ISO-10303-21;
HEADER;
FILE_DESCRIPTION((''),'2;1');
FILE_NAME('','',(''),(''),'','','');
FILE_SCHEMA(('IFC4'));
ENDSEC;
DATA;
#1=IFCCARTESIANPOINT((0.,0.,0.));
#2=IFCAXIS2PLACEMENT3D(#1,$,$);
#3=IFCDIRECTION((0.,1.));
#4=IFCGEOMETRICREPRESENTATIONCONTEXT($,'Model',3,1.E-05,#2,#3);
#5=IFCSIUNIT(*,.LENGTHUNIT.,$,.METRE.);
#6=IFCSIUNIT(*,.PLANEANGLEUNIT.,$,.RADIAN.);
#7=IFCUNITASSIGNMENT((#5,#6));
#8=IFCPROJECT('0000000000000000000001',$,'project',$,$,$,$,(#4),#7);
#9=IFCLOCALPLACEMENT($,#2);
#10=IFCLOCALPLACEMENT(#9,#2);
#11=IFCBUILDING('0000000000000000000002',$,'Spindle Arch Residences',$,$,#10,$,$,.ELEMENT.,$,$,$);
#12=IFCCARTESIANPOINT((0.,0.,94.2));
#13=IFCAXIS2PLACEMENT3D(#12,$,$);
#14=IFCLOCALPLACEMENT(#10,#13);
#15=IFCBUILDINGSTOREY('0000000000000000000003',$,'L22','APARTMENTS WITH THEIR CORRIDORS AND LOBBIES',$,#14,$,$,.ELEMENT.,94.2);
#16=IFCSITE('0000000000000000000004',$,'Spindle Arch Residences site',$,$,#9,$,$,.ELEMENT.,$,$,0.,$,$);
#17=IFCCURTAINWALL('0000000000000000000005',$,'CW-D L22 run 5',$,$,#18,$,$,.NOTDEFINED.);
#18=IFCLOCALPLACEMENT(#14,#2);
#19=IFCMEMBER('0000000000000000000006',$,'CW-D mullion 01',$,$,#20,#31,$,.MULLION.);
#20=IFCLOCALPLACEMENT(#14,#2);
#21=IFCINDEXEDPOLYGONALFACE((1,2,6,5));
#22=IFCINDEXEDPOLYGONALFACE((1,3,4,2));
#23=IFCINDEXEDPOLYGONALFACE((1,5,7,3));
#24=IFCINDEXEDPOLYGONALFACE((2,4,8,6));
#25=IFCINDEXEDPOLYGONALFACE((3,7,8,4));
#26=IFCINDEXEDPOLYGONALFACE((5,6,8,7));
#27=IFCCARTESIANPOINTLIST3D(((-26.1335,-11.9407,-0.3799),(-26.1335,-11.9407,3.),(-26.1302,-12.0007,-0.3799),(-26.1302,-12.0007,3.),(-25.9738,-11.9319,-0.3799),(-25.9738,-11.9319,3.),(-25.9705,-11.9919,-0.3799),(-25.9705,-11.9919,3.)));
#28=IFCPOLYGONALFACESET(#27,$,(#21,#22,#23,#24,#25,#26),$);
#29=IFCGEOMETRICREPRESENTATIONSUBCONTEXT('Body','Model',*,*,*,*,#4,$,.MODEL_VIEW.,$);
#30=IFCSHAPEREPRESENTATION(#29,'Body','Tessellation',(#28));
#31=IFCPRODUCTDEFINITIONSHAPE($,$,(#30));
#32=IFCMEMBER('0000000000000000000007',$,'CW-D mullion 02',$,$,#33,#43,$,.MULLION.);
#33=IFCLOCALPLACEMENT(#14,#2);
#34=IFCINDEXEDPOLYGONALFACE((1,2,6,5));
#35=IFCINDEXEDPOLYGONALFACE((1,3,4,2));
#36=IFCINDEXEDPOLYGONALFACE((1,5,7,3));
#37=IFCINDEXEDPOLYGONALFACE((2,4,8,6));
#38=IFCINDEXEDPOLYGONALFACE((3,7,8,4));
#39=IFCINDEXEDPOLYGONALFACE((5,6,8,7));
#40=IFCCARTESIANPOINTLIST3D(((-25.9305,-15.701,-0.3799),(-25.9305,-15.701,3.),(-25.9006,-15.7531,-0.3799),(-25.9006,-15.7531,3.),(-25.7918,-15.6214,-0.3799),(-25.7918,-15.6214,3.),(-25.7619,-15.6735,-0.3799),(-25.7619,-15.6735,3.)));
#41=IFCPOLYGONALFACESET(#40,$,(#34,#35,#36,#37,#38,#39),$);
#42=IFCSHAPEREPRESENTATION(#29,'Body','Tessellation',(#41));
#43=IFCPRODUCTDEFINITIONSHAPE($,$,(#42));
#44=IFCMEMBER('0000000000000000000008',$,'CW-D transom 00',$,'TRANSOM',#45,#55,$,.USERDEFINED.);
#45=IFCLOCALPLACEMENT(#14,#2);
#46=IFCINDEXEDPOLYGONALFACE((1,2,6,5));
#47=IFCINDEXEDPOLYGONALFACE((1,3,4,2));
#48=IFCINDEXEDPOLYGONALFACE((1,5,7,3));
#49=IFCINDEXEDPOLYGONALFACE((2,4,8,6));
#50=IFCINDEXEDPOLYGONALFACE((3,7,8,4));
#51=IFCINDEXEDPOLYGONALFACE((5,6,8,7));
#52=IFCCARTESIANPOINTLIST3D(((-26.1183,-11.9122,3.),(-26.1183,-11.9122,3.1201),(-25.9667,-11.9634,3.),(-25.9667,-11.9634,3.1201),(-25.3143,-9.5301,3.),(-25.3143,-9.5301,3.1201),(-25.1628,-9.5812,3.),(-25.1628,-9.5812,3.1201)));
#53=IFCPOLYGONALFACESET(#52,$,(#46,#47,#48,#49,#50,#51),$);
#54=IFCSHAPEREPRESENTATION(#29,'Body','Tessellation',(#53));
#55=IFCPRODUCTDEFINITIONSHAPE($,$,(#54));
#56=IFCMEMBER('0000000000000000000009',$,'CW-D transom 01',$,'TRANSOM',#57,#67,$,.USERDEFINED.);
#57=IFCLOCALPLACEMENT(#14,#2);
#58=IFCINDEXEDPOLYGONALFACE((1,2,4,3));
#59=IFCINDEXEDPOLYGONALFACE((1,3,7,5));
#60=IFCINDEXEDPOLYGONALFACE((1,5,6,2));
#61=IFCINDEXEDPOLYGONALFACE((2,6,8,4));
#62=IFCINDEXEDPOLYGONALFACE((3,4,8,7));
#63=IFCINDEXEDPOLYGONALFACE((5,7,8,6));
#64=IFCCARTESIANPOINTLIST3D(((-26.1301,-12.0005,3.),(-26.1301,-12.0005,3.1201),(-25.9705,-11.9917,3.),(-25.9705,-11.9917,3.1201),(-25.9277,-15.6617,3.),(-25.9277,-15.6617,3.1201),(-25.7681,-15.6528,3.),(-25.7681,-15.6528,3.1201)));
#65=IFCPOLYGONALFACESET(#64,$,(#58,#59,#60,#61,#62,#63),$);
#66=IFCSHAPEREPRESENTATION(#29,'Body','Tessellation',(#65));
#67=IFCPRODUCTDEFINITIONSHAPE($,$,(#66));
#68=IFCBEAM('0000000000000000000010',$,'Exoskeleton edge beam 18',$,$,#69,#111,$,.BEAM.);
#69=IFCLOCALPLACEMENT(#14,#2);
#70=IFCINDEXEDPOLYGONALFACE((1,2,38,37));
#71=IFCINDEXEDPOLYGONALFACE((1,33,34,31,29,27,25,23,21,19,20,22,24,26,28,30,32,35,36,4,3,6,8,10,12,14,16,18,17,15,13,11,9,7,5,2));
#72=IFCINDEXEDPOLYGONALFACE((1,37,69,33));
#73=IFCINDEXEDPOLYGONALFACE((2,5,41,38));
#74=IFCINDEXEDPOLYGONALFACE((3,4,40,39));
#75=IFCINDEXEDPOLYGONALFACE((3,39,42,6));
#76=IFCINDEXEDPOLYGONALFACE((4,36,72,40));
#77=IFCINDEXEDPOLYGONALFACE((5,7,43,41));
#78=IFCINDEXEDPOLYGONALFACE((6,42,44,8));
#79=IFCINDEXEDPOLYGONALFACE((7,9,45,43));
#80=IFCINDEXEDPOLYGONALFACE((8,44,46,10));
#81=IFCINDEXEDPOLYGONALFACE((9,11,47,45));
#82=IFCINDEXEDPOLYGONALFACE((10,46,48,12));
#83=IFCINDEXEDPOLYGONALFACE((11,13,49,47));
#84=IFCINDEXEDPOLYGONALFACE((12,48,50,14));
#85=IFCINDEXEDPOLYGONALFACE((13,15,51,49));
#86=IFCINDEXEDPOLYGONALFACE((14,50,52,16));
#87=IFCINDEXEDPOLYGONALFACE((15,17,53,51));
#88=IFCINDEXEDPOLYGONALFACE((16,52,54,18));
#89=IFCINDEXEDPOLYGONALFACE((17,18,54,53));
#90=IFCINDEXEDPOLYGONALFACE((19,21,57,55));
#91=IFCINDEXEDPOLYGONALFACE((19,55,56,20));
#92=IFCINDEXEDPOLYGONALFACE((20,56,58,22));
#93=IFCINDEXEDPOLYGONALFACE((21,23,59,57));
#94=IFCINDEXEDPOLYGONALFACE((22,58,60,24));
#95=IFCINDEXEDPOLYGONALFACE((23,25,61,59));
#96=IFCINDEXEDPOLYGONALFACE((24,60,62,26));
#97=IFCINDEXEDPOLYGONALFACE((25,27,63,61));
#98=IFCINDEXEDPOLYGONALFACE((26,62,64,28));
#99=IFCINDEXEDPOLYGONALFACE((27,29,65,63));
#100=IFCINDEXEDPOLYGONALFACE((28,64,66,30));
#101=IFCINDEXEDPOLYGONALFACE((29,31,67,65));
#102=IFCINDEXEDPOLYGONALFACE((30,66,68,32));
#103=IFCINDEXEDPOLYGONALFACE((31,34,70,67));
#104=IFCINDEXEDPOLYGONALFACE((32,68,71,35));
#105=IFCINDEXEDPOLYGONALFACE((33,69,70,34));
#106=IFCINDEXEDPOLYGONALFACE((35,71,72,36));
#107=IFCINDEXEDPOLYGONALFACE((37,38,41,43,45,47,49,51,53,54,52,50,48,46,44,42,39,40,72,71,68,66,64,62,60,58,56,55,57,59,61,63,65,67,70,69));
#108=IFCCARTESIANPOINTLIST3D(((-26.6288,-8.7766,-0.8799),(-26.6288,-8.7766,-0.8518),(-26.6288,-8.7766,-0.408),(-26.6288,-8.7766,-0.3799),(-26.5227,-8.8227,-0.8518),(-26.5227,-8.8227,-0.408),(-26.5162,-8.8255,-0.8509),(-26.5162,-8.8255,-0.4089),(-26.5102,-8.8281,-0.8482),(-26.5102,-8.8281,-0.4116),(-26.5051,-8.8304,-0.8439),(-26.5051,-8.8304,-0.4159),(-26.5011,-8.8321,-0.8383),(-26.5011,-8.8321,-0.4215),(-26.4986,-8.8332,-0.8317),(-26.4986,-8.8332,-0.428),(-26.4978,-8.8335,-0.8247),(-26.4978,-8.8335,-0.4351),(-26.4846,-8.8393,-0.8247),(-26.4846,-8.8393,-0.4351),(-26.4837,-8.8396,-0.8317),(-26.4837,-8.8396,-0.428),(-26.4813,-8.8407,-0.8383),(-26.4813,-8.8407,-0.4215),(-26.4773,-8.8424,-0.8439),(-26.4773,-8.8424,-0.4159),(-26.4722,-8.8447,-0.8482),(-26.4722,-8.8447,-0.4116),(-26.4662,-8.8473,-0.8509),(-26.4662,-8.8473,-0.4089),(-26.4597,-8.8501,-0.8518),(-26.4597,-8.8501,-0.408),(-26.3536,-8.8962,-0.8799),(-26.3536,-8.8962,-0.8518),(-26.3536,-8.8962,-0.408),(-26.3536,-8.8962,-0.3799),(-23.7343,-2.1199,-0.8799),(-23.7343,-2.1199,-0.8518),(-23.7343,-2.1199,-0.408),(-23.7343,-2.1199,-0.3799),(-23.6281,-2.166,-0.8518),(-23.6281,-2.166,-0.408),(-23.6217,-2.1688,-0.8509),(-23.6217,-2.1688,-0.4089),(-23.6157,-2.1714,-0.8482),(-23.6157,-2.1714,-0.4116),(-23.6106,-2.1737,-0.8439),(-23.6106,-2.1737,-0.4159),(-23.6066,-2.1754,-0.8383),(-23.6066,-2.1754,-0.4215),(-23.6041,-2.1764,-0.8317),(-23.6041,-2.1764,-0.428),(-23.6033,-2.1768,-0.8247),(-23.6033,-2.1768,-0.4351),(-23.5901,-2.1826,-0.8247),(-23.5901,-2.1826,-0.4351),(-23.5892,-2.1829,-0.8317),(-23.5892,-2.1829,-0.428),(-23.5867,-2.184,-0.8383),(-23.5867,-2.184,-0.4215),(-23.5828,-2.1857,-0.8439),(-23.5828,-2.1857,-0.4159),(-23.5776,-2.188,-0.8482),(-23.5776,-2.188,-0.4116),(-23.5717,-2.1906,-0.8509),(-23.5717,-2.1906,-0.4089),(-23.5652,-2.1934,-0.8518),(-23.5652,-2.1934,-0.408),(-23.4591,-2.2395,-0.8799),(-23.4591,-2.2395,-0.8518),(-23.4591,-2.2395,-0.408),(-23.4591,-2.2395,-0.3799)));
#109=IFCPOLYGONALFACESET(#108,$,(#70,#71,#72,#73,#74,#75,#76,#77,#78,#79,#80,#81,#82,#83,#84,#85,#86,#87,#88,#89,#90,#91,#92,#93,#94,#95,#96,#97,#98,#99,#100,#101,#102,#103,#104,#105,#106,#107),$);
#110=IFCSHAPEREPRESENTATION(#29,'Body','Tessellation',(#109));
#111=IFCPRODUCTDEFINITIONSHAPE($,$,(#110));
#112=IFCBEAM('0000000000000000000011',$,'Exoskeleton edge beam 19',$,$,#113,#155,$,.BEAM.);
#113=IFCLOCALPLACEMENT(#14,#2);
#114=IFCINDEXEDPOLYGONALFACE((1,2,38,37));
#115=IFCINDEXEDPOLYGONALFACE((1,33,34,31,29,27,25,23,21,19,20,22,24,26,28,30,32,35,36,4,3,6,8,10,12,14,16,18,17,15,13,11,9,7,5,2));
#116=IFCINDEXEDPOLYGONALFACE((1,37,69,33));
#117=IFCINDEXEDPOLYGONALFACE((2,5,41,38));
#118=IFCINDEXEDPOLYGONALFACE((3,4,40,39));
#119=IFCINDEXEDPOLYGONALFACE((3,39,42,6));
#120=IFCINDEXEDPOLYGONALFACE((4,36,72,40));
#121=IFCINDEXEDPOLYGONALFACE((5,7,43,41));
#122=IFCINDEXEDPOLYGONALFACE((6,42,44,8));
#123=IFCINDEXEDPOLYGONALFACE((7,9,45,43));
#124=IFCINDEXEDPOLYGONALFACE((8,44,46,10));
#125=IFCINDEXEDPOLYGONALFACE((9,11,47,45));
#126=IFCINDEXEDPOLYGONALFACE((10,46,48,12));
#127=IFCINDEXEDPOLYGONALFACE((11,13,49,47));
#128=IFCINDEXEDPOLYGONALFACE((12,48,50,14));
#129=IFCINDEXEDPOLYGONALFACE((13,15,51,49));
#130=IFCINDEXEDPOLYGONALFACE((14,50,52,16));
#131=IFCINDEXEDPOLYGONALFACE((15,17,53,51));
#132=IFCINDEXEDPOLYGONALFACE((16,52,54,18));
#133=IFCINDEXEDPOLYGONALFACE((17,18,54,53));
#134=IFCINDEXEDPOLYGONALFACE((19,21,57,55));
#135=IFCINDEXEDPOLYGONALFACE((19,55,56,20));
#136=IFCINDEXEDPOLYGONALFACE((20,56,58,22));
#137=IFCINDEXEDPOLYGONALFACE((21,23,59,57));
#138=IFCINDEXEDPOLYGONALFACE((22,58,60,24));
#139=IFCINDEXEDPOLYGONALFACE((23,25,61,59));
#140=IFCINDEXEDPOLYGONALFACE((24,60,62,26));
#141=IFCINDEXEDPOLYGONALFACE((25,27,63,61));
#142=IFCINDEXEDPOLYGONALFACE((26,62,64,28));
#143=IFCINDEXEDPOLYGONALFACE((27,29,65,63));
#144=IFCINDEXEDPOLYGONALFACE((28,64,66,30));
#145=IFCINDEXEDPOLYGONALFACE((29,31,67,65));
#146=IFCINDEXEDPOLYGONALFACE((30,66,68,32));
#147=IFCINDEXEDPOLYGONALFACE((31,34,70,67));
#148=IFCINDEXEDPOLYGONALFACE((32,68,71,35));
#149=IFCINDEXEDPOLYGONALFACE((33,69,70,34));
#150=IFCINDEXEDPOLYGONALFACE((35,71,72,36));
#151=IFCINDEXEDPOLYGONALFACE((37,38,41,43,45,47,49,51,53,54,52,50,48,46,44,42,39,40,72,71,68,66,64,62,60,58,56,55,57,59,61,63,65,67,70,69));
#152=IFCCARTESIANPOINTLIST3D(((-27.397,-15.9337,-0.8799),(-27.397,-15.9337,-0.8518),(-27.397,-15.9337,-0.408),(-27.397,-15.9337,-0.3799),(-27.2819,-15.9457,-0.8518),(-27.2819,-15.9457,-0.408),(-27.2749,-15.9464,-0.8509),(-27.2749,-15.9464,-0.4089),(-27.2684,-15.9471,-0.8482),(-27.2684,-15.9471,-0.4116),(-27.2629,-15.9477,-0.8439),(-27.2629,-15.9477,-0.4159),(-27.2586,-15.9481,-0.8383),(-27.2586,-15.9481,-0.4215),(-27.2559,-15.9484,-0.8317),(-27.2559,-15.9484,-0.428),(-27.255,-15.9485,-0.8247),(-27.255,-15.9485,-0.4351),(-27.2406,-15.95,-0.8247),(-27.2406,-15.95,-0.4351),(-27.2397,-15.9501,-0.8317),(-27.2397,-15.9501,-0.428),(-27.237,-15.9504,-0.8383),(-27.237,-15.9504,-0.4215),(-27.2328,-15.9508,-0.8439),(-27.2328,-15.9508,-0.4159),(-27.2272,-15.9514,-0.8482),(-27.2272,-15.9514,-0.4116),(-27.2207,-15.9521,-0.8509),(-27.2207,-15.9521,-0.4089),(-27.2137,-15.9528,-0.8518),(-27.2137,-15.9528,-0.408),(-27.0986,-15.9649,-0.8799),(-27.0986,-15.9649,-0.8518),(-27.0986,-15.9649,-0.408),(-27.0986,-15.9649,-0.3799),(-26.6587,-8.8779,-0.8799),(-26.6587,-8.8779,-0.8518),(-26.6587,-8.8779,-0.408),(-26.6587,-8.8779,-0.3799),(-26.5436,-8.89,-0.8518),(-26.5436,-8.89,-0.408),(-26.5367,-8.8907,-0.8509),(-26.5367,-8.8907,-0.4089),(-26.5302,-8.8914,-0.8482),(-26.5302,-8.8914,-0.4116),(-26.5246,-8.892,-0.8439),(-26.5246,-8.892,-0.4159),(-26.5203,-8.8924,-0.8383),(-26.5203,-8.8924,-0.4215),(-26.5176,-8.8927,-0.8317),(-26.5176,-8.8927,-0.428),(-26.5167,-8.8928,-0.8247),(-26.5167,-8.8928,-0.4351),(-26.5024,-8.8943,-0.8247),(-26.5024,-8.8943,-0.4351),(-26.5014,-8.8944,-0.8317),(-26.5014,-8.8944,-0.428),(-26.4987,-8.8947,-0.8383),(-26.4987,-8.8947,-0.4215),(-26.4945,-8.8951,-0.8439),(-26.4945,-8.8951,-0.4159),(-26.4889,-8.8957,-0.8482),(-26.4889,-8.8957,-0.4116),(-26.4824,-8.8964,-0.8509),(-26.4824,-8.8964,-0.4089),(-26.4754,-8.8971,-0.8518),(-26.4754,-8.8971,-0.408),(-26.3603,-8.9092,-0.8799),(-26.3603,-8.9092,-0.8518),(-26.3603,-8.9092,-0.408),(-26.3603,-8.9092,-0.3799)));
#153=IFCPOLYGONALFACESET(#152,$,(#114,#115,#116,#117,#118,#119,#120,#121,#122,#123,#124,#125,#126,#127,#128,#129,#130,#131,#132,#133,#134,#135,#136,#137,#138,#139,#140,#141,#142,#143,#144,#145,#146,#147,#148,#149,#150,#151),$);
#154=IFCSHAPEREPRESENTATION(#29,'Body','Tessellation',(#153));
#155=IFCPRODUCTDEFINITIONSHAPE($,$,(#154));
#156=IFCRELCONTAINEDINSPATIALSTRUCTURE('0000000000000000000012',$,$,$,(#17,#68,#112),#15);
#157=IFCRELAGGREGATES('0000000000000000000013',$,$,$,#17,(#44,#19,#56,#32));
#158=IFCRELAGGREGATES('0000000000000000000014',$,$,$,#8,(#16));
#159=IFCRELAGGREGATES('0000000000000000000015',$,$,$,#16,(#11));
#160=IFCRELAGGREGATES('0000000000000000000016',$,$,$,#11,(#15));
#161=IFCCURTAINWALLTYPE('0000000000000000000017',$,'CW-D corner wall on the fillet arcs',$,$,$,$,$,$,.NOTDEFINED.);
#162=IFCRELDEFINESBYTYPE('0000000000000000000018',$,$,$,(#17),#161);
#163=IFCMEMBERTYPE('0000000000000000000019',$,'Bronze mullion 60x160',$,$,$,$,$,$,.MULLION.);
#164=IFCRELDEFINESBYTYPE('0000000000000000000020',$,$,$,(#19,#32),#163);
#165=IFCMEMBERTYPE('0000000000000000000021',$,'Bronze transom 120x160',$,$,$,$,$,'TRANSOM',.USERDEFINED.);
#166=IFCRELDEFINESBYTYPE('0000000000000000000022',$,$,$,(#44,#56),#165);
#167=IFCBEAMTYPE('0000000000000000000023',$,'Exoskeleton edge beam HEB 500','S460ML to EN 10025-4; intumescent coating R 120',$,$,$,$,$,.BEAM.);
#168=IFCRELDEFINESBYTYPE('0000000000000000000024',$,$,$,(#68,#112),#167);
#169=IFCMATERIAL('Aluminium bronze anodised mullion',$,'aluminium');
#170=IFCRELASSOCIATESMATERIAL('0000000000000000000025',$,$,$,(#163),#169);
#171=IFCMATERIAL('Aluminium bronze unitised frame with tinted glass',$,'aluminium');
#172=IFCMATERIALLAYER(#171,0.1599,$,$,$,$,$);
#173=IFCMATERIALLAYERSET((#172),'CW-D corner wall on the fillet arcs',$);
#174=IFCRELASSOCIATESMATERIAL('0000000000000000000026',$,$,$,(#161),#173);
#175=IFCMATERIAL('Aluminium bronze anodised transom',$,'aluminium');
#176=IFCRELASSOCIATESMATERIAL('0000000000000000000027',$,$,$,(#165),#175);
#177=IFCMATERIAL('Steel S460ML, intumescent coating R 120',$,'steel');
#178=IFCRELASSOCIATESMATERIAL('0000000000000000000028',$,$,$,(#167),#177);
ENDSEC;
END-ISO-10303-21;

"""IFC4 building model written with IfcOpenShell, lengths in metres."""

from ifc_helpers import new_model, si_unit, direction, frame, origin, origin_2d, place, context, subcontext, project, spatial, rectangle, i_section, extrude, material, layer, layer_set, material_profile, profile_set, type_object, element, aggregate, save


model = new_model("IFC4")

# Units and contexts
model_context = context("Model", 3, precision=1e-05, world=origin(), true_north=direction((0.0, 1.0)))
body_context = subcontext(model_context, "Body", "Model", "MODEL_VIEW")
ifc_project = project(units=[si_unit("LENGTHUNIT", "METRE"), si_unit("PLANEANGLEUNIT", "RADIAN")], contexts=[model_context])

# Site, building, storey
site_placement = place(None, origin())
site = spatial("IfcSite", under=ifc_project, at=site_placement, Name="Spindle Arch Residences site", CompositionType="ELEMENT", RefElevation=0.0)
building_placement = place(site_placement, origin())
building = spatial("IfcBuilding", under=site, at=building_placement, Name="Spindle Arch Residences", CompositionType="ELEMENT")
storey_placement = place(building_placement, frame((0.0, 0.0, 94.2)))
storey = spatial("IfcBuildingStorey", under=building, at=storey_placement, Name="L22", Description="APARTMENTS WITH THEIR CORRIDORS AND LOBBIES", CompositionType="ELEMENT", Elevation=94.2)

# Shared definitions
ifc_material_1 = material(Name="Aluminium bronze anodised mullion", Category="aluminium")
ifc_material_profile_1 = material_profile(ifc_material_1, rectangle(XDim=0.1599, YDim=0.0601, at=origin_2d()), Name="MU 60x160")
ifc_profile_set_1 = profile_set([ifc_material_profile_1], Name="Aluminium bronze anodised mullion")
member_type_1 = type_object("IfcMemberType", Name="Bronze mullion 60x160", PredefinedType="MULLION", material=ifc_profile_set_1)

# Curtain wall, members
ifc_material_2 = material(Name="Aluminium bronze unitised frame with tinted glass", Category="aluminium")
ifc_layer_1 = layer(ifc_material_2, 0.1599)
ifc_layer_set_1 = layer_set([ifc_layer_1], Name="CW-D corner wall on the fillet arcs")
curtain_wall_type_1 = type_object("IfcCurtainWallType", Name="CW-D corner wall on the fillet arcs", PredefinedType="NOTDEFINED", material=ifc_layer_set_1)
curtain_wall_1_placement = place(storey_placement, origin())
curtain_wall_1 = element("IfcCurtainWall", 1, at=curtain_wall_1_placement, inside=storey, type_object=curtain_wall_type_1, Name="CW-D L22 run 5", PredefinedType="NOTDEFINED")
member_1_placement = place(storey_placement, frame((-26.052, -11.9663, -0.3799), z_axis=(0.0, 0.0, 1.0), x_axis=(0.998473, 0.055241, 0.0)))
member_1 = element("IfcMember", 2, at=member_1_placement, type_object=member_type_1, Name="CW-D mullion 01", PredefinedType="MULLION", context=body_context, shape_type="SweptSolid", body=[
    extrude(rectangle(XDim=0.1599, YDim=0.0601, at=origin_2d()), origin(), (0.0, 0.0, 1.0), 3.3799),
])
member_2_placement = place(storey_placement, frame((-25.8462, -15.6873, -0.3799), z_axis=(0.0, 0.0, 1.0), x_axis=(0.867476, 0.497479, 0.0)))
member_2 = element("IfcMember", 3, at=member_2_placement, type_object=member_type_1, Name="CW-D mullion 02", PredefinedType="MULLION", context=body_context, shape_type="SweptSolid", body=[
    extrude(rectangle(XDim=0.1599, YDim=0.0601, at=origin_2d()), origin(), (0.0, 0.0, 1.0), 3.3799),
])
ifc_material_3 = material(Name="Aluminium bronze anodised transom", Category="aluminium")
ifc_material_profile_2 = material_profile(ifc_material_3, rectangle(XDim=0.1599, YDim=0.1201, at=origin_2d()), Name="TR 120x160")
ifc_profile_set_2 = profile_set([ifc_material_profile_2], Name="Aluminium bronze anodised transom")
member_type_2 = type_object("IfcMemberType", Name="Bronze transom 120x160", ElementType="TRANSOM", PredefinedType="USERDEFINED", material=ifc_profile_set_2)
member_3_placement = place(storey_placement, frame((-25.2385, -9.5557, 3.0601), z_axis=(-0.31978, -0.947492, 0.0), x_axis=(0.947492, -0.31978, 0.0)))
member_3 = element("IfcMember", 4, at=member_3_placement, type_object=member_type_2, Name="CW-D transom 00", ObjectType="TRANSOM", PredefinedType="USERDEFINED", context=body_context, shape_type="SweptSolid", body=[
    extrude(rectangle(XDim=0.1599, YDim=0.1201, at=origin_2d()), origin(), (0.0, 0.0, 1.0), 2.5142),
])
member_4_placement = place(storey_placement, frame((-26.0503, -11.9961, 3.0601), z_axis=(0.055197, -0.998475, 0.0), x_axis=(0.998475, 0.055197, 0.0)))
member_4 = element("IfcMember", 5, at=member_4_placement, type_object=member_type_2, Name="CW-D transom 01", ObjectType="TRANSOM", PredefinedType="USERDEFINED", context=body_context, shape_type="SweptSolid", body=[
    extrude(rectangle(XDim=0.1599, YDim=0.1201, at=origin_2d()), origin(), (0.0, 0.0, 1.0), 3.6667),
])

# Beams
ifc_material_4 = material(Name="Steel S460ML, intumescent coating R 120", Category="steel")
ifc_material_profile_3 = material_profile(ifc_material_4, i_section(OverallWidth=0.3, OverallDepth=0.5, WebThickness=0.0144, FlangeThickness=0.0281, FilletRadius=0.0271, at=origin_2d()), Name="HEB 500")
ifc_profile_set_3 = profile_set([ifc_material_profile_3], Name="Steel S460ML, intumescent coating R 120")
beam_type_1 = type_object("IfcBeamType", Name="Exoskeleton edge beam HEB 500", Description="S460ML to EN 10025-4; intumescent coating R 120", PredefinedType="BEAM", material=ifc_profile_set_3)
beam_1_placement = place(storey_placement, frame((-23.5967, -2.1797, -0.6299), z_axis=(-0.398761, -0.917055, 0.0), x_axis=(0.917055, -0.398761, 0.0)))
element("IfcBeam", 6, at=beam_1_placement, inside=storey, type_object=beam_type_1, Name="Exoskeleton edge beam 18", PredefinedType="BEAM", context=body_context, shape_type="SweptSolid", body=[
    extrude(i_section(OverallWidth=0.3, OverallDepth=0.5, WebThickness=0.0144, FlangeThickness=0.0281, FilletRadius=0.0271, at=origin_2d()), origin(), (0.0, 0.0, 1.0), 7.2588),
])
beam_2_placement = place(storey_placement, frame((-26.5095, -8.8936, -0.6299), z_axis=(-0.104069, -0.99457, 0.0), x_axis=(0.99457, -0.104069, 0.0)))
element("IfcBeam", 7, at=beam_2_placement, inside=storey, type_object=beam_type_1, Name="Exoskeleton edge beam 19", PredefinedType="BEAM", context=body_context, shape_type="SweptSolid", body=[
    extrude(i_section(OverallWidth=0.3, OverallDepth=0.5, WebThickness=0.0144, FlangeThickness=0.0281, FilletRadius=0.0271, at=origin_2d()), origin(), (0.0, 0.0, 1.0), 7.0942),
])

aggregate(curtain_wall_1, [member_3, member_1, member_4, member_2])

save(model, "model.ifc")
